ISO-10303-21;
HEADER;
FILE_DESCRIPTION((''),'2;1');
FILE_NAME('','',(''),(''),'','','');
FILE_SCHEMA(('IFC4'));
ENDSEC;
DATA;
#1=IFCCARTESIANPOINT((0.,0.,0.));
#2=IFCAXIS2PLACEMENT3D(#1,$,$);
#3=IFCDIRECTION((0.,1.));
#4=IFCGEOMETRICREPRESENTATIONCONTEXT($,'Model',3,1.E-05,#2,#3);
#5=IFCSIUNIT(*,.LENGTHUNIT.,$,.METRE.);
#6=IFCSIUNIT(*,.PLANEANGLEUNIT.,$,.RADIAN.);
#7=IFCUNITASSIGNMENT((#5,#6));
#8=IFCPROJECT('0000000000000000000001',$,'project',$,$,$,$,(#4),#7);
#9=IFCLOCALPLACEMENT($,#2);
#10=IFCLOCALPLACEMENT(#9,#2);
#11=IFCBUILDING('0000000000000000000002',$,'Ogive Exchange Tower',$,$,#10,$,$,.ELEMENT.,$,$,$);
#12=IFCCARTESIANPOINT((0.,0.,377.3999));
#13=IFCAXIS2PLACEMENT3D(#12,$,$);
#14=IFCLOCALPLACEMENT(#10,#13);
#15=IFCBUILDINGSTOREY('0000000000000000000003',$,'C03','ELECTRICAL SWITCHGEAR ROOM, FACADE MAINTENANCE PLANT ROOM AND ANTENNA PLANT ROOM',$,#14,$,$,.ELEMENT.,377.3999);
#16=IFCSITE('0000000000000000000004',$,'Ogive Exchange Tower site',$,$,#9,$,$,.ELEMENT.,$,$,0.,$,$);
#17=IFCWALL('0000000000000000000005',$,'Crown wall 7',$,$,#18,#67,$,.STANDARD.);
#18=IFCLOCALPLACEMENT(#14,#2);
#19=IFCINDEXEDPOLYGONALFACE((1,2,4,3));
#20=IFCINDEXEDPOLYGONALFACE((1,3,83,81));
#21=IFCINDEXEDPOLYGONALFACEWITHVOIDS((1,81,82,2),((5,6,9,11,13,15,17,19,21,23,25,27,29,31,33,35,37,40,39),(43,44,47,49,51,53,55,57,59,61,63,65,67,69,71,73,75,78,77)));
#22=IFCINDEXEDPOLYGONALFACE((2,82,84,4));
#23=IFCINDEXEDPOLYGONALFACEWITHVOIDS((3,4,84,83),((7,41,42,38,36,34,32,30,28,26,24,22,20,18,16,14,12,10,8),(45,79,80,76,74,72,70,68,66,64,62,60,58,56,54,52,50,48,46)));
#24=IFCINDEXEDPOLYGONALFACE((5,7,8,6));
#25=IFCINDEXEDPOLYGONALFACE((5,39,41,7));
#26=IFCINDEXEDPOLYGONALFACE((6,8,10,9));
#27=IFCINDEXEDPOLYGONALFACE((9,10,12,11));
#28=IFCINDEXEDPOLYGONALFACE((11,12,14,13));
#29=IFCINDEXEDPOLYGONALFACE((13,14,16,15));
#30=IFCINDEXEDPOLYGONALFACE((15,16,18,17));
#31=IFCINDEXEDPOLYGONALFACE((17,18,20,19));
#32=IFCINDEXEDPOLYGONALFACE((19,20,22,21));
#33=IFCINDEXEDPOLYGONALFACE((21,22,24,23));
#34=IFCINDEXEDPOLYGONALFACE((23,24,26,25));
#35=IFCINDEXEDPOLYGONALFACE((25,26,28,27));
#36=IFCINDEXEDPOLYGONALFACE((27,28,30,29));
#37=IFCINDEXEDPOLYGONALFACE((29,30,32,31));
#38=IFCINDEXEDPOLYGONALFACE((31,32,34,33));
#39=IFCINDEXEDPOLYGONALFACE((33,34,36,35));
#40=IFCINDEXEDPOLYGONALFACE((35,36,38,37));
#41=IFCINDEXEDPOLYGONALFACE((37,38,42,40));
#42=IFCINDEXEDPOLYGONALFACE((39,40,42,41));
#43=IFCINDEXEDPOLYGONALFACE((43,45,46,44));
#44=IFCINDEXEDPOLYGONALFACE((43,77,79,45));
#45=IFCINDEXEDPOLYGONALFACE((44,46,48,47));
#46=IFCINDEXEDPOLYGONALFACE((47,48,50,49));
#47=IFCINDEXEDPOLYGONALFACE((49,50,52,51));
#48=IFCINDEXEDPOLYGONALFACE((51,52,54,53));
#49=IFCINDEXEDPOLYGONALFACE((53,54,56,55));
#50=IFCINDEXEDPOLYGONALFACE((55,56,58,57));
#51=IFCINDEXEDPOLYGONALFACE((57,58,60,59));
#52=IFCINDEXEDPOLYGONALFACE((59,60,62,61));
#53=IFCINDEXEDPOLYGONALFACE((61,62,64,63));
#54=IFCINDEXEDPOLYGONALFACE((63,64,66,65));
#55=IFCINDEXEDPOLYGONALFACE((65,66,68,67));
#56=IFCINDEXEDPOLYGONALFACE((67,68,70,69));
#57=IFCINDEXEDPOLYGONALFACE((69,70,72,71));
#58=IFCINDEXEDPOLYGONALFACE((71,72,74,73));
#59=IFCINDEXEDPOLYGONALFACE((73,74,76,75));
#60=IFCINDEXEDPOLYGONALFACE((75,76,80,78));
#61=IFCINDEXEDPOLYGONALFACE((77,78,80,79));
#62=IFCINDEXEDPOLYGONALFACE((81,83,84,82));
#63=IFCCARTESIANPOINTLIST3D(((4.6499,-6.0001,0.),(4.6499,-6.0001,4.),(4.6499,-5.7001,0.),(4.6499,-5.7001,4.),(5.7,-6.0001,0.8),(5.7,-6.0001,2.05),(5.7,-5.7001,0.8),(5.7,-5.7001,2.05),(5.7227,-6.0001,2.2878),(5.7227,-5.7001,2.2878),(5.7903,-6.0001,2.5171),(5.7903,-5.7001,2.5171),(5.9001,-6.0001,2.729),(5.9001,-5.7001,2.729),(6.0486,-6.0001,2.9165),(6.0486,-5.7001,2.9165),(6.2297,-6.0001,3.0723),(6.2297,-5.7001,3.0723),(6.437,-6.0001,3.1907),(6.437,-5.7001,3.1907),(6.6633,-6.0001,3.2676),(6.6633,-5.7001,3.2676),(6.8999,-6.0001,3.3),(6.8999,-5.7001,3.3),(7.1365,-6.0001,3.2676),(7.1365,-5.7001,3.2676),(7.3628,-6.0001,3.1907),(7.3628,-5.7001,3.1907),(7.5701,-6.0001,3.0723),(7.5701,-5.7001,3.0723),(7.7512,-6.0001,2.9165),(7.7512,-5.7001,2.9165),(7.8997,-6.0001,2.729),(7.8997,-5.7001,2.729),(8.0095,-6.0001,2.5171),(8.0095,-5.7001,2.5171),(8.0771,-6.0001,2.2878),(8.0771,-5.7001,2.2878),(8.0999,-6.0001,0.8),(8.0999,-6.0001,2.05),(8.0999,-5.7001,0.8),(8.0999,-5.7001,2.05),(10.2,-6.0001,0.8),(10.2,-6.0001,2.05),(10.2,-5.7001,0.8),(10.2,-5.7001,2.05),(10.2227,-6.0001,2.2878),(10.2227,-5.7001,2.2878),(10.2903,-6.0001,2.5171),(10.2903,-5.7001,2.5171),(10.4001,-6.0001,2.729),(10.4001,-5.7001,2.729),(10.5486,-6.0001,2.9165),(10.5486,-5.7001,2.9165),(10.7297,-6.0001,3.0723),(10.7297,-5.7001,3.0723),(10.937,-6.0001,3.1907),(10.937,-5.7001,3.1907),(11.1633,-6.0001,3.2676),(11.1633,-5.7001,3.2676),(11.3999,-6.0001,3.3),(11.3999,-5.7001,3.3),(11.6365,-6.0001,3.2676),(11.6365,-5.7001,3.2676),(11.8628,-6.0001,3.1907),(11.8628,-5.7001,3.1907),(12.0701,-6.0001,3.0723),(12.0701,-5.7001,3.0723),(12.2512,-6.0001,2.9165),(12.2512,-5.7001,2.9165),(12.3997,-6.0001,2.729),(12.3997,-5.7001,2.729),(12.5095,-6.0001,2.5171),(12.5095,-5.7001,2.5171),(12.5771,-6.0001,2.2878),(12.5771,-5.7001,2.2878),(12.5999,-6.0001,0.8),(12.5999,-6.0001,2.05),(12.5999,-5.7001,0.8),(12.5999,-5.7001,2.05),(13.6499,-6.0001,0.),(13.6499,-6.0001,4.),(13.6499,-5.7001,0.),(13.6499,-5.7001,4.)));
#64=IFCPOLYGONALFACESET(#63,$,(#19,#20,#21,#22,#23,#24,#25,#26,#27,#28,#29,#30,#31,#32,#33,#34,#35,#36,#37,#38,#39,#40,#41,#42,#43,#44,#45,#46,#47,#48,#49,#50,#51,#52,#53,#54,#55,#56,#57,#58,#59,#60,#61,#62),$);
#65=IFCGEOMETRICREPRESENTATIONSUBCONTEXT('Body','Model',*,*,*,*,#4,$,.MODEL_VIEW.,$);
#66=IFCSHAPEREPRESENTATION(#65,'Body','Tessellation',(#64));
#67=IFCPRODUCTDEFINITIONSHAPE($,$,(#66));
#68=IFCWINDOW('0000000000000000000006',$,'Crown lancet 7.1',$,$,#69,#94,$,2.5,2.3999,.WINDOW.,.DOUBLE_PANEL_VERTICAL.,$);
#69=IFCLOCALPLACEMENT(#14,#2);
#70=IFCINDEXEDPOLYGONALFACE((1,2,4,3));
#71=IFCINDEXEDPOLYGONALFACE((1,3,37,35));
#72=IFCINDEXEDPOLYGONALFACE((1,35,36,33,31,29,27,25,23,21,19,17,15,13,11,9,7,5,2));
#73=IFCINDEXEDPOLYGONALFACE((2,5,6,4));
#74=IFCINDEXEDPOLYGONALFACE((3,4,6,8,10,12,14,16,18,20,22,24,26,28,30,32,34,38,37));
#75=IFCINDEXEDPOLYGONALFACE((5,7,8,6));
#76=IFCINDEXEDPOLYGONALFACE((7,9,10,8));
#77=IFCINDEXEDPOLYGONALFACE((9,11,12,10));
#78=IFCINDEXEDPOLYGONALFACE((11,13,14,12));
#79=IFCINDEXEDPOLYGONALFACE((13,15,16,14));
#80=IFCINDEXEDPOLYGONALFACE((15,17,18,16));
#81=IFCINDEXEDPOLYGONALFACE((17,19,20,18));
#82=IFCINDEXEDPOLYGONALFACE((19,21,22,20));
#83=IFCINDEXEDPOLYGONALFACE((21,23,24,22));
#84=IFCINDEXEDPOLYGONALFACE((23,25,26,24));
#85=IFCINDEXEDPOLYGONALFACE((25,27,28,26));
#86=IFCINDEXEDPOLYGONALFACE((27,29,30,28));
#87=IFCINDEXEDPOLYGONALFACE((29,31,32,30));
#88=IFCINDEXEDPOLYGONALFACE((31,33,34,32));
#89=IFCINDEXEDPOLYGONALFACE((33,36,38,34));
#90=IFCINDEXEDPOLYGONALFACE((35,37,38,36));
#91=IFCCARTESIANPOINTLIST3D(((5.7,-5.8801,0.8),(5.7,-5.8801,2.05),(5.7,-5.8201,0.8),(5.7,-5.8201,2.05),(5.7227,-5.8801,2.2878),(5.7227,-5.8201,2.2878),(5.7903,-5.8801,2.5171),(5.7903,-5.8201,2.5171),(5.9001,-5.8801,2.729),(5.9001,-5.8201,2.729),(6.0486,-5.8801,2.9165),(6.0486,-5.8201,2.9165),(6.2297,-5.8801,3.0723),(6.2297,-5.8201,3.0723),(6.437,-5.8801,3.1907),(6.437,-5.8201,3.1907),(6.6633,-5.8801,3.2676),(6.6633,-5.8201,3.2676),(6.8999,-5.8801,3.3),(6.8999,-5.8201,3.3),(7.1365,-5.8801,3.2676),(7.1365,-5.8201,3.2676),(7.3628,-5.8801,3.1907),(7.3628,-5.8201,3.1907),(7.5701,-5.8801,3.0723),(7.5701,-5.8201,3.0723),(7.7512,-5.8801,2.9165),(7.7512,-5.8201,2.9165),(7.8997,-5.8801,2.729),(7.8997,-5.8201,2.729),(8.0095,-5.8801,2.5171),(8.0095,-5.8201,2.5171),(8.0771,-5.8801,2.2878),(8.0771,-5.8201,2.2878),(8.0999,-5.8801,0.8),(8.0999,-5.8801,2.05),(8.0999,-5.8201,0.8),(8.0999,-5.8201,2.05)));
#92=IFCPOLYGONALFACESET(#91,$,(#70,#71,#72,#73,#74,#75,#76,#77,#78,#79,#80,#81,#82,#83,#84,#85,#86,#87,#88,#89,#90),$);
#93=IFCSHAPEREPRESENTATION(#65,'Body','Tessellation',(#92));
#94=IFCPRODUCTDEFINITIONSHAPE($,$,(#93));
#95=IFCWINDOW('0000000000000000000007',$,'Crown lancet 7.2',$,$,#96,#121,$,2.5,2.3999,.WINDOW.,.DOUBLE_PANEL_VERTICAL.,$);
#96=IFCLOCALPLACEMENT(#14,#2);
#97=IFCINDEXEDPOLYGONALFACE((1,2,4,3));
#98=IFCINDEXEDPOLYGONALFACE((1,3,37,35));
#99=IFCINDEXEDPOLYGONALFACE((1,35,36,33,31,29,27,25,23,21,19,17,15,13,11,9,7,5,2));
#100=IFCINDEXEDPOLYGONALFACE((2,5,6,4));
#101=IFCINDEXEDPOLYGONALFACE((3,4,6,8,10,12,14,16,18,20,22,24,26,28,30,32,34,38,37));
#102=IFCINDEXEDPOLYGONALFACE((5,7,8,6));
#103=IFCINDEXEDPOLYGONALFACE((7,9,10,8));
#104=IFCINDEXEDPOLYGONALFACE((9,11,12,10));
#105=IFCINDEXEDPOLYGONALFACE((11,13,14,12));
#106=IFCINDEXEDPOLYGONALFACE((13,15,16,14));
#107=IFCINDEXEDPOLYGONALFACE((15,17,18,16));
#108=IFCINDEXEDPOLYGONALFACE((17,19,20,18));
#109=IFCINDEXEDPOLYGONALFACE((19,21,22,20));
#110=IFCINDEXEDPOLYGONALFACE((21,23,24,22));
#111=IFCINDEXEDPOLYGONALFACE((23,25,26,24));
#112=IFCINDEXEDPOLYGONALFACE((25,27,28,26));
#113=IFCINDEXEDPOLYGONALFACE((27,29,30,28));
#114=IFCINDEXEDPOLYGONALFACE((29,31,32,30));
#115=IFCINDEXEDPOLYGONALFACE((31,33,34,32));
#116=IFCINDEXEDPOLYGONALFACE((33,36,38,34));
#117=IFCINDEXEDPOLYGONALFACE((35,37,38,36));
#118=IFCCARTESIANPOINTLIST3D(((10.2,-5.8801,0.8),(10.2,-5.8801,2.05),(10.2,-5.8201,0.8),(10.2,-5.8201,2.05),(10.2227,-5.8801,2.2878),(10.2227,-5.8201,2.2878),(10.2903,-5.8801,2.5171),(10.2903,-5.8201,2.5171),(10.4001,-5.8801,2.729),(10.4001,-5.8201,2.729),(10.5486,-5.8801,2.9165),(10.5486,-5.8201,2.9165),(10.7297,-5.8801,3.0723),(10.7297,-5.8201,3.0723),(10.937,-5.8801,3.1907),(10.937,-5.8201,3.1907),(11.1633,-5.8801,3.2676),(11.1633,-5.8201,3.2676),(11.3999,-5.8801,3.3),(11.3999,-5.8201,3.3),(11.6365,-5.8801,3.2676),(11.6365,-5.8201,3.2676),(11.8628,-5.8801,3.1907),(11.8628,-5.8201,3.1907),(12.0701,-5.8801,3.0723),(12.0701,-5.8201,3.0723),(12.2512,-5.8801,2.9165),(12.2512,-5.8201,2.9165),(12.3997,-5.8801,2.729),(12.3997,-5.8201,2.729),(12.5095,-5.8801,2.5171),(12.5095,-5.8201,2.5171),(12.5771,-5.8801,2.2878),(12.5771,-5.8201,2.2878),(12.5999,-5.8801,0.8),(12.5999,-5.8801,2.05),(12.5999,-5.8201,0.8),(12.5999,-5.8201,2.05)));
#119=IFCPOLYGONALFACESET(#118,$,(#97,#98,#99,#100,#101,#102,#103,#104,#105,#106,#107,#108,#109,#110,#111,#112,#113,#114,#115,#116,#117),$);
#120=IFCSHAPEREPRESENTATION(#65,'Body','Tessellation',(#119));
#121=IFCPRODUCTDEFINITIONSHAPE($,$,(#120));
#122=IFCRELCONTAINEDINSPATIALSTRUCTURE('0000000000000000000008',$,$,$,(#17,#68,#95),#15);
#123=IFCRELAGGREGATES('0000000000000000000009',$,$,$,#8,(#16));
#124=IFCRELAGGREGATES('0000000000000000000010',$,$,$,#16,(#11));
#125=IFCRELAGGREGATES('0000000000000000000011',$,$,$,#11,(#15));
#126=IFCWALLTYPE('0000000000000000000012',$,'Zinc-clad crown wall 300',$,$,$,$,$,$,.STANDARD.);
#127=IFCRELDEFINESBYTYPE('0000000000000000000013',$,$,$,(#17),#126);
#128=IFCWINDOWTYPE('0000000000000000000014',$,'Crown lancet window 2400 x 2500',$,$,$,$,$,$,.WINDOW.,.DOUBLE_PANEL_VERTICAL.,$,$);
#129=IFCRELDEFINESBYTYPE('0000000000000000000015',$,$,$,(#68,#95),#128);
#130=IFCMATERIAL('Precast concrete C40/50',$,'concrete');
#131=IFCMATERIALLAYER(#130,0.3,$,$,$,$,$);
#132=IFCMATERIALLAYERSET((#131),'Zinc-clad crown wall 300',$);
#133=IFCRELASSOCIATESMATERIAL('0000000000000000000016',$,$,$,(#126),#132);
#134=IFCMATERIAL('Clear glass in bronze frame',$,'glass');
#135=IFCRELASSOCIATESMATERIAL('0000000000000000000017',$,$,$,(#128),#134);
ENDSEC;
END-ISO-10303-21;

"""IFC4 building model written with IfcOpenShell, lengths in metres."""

from ifc_helpers import new_model, si_unit, direction, frame, frame_2d, origin, place, context, subcontext, project, spatial, polyline, rectangle, outline, extrude, material, layer, layer_set, type_object, element, fill, save


model = new_model("IFC4")

# Units and contexts
model_context = context("Model", 3, precision=1e-05, world=origin(), true_north=direction((0.0, 1.0)))
body_context = subcontext(model_context, "Body", "Model", "MODEL_VIEW")
ifc_project = project(units=[si_unit("LENGTHUNIT", "METRE"), si_unit("PLANEANGLEUNIT", "RADIAN")], contexts=[model_context])

# Site, building, storey
site_placement = place(None, origin())
site = spatial("IfcSite", under=ifc_project, at=site_placement, Name="Ogive Exchange Tower site", CompositionType="ELEMENT", RefElevation=0.0)
building_placement = place(site_placement, origin())
building = spatial("IfcBuilding", under=site, at=building_placement, Name="Ogive Exchange Tower", CompositionType="ELEMENT")
storey_placement = place(building_placement, frame((0.0, 0.0, 377.3999)))
storey = spatial("IfcBuildingStorey", under=building, at=storey_placement, Name="C03", Description="ELECTRICAL SWITCHGEAR ROOM, FACADE MAINTENANCE PLANT ROOM AND ANTENNA PLANT ROOM", CompositionType="ELEMENT", Elevation=377.3999)

# Wall, openings, windows
ifc_material_1 = material(Name="Precast concrete C40/50", Category="concrete")
ifc_layer_1 = layer(ifc_material_1, 0.3)
ifc_layer_set_1 = layer_set([ifc_layer_1], Name="Zinc-clad crown wall 300")
wall_type_1 = type_object("IfcWallType", Name="Zinc-clad crown wall 300", PredefinedType="STANDARD", material=ifc_layer_set_1)
wall_1_placement = place(storey_placement, frame((4.6499, -5.8501, 0.0), z_axis=(0.0, 0.0, 1.0), x_axis=(1.0, 0.0, 0.0)))
wall_1 = element("IfcWall", 1, at=wall_1_placement, inside=storey, type_object=wall_type_1, Name="Crown wall 7", PredefinedType="STANDARD", context=body_context, shape_type="SweptSolid", body=[
    extrude(rectangle(XDim=9.0, YDim=0.3, at=frame_2d((4.5, 0.0))), origin(), (0.0, 0.0, 1.0), 4.0),
])
opening_1_placement = place(wall_1_placement, frame((1.05, 0.0, 0.8)))
opening_1 = element("IfcOpeningElement", 2, at=opening_1_placement, cuts=wall_1, PredefinedType="OPENING", context=body_context, shape_type="SweptSolid", body=[
    extrude(outline(polyline([(0.0, 0.0), (2.3999, 0.0), (2.3999, 1.25), (2.3772, 1.4878), (2.3096, 1.717), (2.1997, 1.929), (2.0513, 2.1165), (1.8701, 2.2722), (1.6628, 2.3906), (1.4365, 2.4675), (1.2, 2.5), (0.9634, 2.4675), (0.7371, 2.3906), (0.5298, 2.2722), (0.3486, 2.1165), (0.2002, 1.929), (0.0903, 1.717), (0.0227, 1.4878), (0.0, 1.25), (0.0, 0.0)])), frame((0.0, 0.1599, 0.0), z_axis=(0.0, -1.0, 0.0), x_axis=(1.0, 0.0, 0.0)), (0.0, 0.0, 1.0), 0.3201),
])
opening_2_placement = place(wall_1_placement, frame((5.55, 0.0, 0.8)))
opening_2 = element("IfcOpeningElement", 3, at=opening_2_placement, cuts=wall_1, PredefinedType="OPENING", context=body_context, shape_type="SweptSolid", body=[
    extrude(outline(polyline([(0.0, 0.0), (2.3999, 0.0), (2.3999, 1.25), (2.3772, 1.4878), (2.3096, 1.717), (2.1997, 1.929), (2.0513, 2.1165), (1.8701, 2.2722), (1.6628, 2.3906), (1.4365, 2.4675), (1.2, 2.5), (0.9634, 2.4675), (0.7371, 2.3906), (0.5298, 2.2722), (0.3486, 2.1165), (0.2002, 1.929), (0.0903, 1.717), (0.0227, 1.4878), (0.0, 1.25), (0.0, 0.0)])), frame((0.0, 0.1599, 0.0), z_axis=(0.0, -1.0, 0.0), x_axis=(1.0, 0.0, 0.0)), (0.0, 0.0, 1.0), 0.3201),
])
ifc_material_2 = material(Name="Clear glass in bronze frame", Category="glass")
window_type = type_object("IfcWindowType", Name="Crown lancet window 2400 x 2500", PartitioningType="DOUBLE_PANEL_VERTICAL", PredefinedType="WINDOW", material=ifc_material_2)
window_1_placement = place(opening_1_placement, origin())
window_1 = element("IfcWindow", 4, at=window_1_placement, inside=storey, type_object=window_type, Name="Crown lancet 7.1", OverallHeight=2.5, OverallWidth=2.3999, PartitioningType="DOUBLE_PANEL_VERTICAL", PredefinedType="WINDOW", context=body_context, shape_type="SweptSolid", body=[
    extrude(outline(polyline([(0.0, 0.0), (2.3999, 0.0), (2.3999, 1.25), (2.3772, 1.4878), (2.3096, 1.717), (2.1997, 1.929), (2.0513, 2.1165), (1.8701, 2.2722), (1.6628, 2.3906), (1.4365, 2.4675), (1.2, 2.5), (0.9634, 2.4675), (0.7371, 2.3906), (0.5298, 2.2722), (0.3486, 2.1165), (0.2002, 1.929), (0.0903, 1.717), (0.0227, 1.4878), (0.0, 1.25), (0.0, 0.0)])), frame((0.0, 0.03, 0.0), z_axis=(0.0, -1.0, 0.0), x_axis=(1.0, 0.0, 0.0)), (0.0, 0.0, 1.0), 0.0601),
])
fill(opening_1, window_1)
window_2_placement = place(opening_2_placement, origin())
window_2 = element("IfcWindow", 5, at=window_2_placement, inside=storey, type_object=window_type, Name="Crown lancet 7.2", OverallHeight=2.5, OverallWidth=2.3999, PartitioningType="DOUBLE_PANEL_VERTICAL", PredefinedType="WINDOW", context=body_context, shape_type="SweptSolid", body=[
    extrude(outline(polyline([(0.0, 0.0), (2.3999, 0.0), (2.3999, 1.25), (2.3772, 1.4878), (2.3096, 1.717), (2.1997, 1.929), (2.0513, 2.1165), (1.8701, 2.2722), (1.6628, 2.3906), (1.4365, 2.4675), (1.2, 2.5), (0.9634, 2.4675), (0.7371, 2.3906), (0.5298, 2.2722), (0.3486, 2.1165), (0.2002, 1.929), (0.0903, 1.717), (0.0227, 1.4878), (0.0, 1.25), (0.0, 0.0)])), frame((0.0, 0.03, 0.0), z_axis=(0.0, -1.0, 0.0), x_axis=(1.0, 0.0, 0.0)), (0.0, 0.0, 1.0), 0.0601),
])
fill(opening_2, window_2)

save(model, "model.ifc")
